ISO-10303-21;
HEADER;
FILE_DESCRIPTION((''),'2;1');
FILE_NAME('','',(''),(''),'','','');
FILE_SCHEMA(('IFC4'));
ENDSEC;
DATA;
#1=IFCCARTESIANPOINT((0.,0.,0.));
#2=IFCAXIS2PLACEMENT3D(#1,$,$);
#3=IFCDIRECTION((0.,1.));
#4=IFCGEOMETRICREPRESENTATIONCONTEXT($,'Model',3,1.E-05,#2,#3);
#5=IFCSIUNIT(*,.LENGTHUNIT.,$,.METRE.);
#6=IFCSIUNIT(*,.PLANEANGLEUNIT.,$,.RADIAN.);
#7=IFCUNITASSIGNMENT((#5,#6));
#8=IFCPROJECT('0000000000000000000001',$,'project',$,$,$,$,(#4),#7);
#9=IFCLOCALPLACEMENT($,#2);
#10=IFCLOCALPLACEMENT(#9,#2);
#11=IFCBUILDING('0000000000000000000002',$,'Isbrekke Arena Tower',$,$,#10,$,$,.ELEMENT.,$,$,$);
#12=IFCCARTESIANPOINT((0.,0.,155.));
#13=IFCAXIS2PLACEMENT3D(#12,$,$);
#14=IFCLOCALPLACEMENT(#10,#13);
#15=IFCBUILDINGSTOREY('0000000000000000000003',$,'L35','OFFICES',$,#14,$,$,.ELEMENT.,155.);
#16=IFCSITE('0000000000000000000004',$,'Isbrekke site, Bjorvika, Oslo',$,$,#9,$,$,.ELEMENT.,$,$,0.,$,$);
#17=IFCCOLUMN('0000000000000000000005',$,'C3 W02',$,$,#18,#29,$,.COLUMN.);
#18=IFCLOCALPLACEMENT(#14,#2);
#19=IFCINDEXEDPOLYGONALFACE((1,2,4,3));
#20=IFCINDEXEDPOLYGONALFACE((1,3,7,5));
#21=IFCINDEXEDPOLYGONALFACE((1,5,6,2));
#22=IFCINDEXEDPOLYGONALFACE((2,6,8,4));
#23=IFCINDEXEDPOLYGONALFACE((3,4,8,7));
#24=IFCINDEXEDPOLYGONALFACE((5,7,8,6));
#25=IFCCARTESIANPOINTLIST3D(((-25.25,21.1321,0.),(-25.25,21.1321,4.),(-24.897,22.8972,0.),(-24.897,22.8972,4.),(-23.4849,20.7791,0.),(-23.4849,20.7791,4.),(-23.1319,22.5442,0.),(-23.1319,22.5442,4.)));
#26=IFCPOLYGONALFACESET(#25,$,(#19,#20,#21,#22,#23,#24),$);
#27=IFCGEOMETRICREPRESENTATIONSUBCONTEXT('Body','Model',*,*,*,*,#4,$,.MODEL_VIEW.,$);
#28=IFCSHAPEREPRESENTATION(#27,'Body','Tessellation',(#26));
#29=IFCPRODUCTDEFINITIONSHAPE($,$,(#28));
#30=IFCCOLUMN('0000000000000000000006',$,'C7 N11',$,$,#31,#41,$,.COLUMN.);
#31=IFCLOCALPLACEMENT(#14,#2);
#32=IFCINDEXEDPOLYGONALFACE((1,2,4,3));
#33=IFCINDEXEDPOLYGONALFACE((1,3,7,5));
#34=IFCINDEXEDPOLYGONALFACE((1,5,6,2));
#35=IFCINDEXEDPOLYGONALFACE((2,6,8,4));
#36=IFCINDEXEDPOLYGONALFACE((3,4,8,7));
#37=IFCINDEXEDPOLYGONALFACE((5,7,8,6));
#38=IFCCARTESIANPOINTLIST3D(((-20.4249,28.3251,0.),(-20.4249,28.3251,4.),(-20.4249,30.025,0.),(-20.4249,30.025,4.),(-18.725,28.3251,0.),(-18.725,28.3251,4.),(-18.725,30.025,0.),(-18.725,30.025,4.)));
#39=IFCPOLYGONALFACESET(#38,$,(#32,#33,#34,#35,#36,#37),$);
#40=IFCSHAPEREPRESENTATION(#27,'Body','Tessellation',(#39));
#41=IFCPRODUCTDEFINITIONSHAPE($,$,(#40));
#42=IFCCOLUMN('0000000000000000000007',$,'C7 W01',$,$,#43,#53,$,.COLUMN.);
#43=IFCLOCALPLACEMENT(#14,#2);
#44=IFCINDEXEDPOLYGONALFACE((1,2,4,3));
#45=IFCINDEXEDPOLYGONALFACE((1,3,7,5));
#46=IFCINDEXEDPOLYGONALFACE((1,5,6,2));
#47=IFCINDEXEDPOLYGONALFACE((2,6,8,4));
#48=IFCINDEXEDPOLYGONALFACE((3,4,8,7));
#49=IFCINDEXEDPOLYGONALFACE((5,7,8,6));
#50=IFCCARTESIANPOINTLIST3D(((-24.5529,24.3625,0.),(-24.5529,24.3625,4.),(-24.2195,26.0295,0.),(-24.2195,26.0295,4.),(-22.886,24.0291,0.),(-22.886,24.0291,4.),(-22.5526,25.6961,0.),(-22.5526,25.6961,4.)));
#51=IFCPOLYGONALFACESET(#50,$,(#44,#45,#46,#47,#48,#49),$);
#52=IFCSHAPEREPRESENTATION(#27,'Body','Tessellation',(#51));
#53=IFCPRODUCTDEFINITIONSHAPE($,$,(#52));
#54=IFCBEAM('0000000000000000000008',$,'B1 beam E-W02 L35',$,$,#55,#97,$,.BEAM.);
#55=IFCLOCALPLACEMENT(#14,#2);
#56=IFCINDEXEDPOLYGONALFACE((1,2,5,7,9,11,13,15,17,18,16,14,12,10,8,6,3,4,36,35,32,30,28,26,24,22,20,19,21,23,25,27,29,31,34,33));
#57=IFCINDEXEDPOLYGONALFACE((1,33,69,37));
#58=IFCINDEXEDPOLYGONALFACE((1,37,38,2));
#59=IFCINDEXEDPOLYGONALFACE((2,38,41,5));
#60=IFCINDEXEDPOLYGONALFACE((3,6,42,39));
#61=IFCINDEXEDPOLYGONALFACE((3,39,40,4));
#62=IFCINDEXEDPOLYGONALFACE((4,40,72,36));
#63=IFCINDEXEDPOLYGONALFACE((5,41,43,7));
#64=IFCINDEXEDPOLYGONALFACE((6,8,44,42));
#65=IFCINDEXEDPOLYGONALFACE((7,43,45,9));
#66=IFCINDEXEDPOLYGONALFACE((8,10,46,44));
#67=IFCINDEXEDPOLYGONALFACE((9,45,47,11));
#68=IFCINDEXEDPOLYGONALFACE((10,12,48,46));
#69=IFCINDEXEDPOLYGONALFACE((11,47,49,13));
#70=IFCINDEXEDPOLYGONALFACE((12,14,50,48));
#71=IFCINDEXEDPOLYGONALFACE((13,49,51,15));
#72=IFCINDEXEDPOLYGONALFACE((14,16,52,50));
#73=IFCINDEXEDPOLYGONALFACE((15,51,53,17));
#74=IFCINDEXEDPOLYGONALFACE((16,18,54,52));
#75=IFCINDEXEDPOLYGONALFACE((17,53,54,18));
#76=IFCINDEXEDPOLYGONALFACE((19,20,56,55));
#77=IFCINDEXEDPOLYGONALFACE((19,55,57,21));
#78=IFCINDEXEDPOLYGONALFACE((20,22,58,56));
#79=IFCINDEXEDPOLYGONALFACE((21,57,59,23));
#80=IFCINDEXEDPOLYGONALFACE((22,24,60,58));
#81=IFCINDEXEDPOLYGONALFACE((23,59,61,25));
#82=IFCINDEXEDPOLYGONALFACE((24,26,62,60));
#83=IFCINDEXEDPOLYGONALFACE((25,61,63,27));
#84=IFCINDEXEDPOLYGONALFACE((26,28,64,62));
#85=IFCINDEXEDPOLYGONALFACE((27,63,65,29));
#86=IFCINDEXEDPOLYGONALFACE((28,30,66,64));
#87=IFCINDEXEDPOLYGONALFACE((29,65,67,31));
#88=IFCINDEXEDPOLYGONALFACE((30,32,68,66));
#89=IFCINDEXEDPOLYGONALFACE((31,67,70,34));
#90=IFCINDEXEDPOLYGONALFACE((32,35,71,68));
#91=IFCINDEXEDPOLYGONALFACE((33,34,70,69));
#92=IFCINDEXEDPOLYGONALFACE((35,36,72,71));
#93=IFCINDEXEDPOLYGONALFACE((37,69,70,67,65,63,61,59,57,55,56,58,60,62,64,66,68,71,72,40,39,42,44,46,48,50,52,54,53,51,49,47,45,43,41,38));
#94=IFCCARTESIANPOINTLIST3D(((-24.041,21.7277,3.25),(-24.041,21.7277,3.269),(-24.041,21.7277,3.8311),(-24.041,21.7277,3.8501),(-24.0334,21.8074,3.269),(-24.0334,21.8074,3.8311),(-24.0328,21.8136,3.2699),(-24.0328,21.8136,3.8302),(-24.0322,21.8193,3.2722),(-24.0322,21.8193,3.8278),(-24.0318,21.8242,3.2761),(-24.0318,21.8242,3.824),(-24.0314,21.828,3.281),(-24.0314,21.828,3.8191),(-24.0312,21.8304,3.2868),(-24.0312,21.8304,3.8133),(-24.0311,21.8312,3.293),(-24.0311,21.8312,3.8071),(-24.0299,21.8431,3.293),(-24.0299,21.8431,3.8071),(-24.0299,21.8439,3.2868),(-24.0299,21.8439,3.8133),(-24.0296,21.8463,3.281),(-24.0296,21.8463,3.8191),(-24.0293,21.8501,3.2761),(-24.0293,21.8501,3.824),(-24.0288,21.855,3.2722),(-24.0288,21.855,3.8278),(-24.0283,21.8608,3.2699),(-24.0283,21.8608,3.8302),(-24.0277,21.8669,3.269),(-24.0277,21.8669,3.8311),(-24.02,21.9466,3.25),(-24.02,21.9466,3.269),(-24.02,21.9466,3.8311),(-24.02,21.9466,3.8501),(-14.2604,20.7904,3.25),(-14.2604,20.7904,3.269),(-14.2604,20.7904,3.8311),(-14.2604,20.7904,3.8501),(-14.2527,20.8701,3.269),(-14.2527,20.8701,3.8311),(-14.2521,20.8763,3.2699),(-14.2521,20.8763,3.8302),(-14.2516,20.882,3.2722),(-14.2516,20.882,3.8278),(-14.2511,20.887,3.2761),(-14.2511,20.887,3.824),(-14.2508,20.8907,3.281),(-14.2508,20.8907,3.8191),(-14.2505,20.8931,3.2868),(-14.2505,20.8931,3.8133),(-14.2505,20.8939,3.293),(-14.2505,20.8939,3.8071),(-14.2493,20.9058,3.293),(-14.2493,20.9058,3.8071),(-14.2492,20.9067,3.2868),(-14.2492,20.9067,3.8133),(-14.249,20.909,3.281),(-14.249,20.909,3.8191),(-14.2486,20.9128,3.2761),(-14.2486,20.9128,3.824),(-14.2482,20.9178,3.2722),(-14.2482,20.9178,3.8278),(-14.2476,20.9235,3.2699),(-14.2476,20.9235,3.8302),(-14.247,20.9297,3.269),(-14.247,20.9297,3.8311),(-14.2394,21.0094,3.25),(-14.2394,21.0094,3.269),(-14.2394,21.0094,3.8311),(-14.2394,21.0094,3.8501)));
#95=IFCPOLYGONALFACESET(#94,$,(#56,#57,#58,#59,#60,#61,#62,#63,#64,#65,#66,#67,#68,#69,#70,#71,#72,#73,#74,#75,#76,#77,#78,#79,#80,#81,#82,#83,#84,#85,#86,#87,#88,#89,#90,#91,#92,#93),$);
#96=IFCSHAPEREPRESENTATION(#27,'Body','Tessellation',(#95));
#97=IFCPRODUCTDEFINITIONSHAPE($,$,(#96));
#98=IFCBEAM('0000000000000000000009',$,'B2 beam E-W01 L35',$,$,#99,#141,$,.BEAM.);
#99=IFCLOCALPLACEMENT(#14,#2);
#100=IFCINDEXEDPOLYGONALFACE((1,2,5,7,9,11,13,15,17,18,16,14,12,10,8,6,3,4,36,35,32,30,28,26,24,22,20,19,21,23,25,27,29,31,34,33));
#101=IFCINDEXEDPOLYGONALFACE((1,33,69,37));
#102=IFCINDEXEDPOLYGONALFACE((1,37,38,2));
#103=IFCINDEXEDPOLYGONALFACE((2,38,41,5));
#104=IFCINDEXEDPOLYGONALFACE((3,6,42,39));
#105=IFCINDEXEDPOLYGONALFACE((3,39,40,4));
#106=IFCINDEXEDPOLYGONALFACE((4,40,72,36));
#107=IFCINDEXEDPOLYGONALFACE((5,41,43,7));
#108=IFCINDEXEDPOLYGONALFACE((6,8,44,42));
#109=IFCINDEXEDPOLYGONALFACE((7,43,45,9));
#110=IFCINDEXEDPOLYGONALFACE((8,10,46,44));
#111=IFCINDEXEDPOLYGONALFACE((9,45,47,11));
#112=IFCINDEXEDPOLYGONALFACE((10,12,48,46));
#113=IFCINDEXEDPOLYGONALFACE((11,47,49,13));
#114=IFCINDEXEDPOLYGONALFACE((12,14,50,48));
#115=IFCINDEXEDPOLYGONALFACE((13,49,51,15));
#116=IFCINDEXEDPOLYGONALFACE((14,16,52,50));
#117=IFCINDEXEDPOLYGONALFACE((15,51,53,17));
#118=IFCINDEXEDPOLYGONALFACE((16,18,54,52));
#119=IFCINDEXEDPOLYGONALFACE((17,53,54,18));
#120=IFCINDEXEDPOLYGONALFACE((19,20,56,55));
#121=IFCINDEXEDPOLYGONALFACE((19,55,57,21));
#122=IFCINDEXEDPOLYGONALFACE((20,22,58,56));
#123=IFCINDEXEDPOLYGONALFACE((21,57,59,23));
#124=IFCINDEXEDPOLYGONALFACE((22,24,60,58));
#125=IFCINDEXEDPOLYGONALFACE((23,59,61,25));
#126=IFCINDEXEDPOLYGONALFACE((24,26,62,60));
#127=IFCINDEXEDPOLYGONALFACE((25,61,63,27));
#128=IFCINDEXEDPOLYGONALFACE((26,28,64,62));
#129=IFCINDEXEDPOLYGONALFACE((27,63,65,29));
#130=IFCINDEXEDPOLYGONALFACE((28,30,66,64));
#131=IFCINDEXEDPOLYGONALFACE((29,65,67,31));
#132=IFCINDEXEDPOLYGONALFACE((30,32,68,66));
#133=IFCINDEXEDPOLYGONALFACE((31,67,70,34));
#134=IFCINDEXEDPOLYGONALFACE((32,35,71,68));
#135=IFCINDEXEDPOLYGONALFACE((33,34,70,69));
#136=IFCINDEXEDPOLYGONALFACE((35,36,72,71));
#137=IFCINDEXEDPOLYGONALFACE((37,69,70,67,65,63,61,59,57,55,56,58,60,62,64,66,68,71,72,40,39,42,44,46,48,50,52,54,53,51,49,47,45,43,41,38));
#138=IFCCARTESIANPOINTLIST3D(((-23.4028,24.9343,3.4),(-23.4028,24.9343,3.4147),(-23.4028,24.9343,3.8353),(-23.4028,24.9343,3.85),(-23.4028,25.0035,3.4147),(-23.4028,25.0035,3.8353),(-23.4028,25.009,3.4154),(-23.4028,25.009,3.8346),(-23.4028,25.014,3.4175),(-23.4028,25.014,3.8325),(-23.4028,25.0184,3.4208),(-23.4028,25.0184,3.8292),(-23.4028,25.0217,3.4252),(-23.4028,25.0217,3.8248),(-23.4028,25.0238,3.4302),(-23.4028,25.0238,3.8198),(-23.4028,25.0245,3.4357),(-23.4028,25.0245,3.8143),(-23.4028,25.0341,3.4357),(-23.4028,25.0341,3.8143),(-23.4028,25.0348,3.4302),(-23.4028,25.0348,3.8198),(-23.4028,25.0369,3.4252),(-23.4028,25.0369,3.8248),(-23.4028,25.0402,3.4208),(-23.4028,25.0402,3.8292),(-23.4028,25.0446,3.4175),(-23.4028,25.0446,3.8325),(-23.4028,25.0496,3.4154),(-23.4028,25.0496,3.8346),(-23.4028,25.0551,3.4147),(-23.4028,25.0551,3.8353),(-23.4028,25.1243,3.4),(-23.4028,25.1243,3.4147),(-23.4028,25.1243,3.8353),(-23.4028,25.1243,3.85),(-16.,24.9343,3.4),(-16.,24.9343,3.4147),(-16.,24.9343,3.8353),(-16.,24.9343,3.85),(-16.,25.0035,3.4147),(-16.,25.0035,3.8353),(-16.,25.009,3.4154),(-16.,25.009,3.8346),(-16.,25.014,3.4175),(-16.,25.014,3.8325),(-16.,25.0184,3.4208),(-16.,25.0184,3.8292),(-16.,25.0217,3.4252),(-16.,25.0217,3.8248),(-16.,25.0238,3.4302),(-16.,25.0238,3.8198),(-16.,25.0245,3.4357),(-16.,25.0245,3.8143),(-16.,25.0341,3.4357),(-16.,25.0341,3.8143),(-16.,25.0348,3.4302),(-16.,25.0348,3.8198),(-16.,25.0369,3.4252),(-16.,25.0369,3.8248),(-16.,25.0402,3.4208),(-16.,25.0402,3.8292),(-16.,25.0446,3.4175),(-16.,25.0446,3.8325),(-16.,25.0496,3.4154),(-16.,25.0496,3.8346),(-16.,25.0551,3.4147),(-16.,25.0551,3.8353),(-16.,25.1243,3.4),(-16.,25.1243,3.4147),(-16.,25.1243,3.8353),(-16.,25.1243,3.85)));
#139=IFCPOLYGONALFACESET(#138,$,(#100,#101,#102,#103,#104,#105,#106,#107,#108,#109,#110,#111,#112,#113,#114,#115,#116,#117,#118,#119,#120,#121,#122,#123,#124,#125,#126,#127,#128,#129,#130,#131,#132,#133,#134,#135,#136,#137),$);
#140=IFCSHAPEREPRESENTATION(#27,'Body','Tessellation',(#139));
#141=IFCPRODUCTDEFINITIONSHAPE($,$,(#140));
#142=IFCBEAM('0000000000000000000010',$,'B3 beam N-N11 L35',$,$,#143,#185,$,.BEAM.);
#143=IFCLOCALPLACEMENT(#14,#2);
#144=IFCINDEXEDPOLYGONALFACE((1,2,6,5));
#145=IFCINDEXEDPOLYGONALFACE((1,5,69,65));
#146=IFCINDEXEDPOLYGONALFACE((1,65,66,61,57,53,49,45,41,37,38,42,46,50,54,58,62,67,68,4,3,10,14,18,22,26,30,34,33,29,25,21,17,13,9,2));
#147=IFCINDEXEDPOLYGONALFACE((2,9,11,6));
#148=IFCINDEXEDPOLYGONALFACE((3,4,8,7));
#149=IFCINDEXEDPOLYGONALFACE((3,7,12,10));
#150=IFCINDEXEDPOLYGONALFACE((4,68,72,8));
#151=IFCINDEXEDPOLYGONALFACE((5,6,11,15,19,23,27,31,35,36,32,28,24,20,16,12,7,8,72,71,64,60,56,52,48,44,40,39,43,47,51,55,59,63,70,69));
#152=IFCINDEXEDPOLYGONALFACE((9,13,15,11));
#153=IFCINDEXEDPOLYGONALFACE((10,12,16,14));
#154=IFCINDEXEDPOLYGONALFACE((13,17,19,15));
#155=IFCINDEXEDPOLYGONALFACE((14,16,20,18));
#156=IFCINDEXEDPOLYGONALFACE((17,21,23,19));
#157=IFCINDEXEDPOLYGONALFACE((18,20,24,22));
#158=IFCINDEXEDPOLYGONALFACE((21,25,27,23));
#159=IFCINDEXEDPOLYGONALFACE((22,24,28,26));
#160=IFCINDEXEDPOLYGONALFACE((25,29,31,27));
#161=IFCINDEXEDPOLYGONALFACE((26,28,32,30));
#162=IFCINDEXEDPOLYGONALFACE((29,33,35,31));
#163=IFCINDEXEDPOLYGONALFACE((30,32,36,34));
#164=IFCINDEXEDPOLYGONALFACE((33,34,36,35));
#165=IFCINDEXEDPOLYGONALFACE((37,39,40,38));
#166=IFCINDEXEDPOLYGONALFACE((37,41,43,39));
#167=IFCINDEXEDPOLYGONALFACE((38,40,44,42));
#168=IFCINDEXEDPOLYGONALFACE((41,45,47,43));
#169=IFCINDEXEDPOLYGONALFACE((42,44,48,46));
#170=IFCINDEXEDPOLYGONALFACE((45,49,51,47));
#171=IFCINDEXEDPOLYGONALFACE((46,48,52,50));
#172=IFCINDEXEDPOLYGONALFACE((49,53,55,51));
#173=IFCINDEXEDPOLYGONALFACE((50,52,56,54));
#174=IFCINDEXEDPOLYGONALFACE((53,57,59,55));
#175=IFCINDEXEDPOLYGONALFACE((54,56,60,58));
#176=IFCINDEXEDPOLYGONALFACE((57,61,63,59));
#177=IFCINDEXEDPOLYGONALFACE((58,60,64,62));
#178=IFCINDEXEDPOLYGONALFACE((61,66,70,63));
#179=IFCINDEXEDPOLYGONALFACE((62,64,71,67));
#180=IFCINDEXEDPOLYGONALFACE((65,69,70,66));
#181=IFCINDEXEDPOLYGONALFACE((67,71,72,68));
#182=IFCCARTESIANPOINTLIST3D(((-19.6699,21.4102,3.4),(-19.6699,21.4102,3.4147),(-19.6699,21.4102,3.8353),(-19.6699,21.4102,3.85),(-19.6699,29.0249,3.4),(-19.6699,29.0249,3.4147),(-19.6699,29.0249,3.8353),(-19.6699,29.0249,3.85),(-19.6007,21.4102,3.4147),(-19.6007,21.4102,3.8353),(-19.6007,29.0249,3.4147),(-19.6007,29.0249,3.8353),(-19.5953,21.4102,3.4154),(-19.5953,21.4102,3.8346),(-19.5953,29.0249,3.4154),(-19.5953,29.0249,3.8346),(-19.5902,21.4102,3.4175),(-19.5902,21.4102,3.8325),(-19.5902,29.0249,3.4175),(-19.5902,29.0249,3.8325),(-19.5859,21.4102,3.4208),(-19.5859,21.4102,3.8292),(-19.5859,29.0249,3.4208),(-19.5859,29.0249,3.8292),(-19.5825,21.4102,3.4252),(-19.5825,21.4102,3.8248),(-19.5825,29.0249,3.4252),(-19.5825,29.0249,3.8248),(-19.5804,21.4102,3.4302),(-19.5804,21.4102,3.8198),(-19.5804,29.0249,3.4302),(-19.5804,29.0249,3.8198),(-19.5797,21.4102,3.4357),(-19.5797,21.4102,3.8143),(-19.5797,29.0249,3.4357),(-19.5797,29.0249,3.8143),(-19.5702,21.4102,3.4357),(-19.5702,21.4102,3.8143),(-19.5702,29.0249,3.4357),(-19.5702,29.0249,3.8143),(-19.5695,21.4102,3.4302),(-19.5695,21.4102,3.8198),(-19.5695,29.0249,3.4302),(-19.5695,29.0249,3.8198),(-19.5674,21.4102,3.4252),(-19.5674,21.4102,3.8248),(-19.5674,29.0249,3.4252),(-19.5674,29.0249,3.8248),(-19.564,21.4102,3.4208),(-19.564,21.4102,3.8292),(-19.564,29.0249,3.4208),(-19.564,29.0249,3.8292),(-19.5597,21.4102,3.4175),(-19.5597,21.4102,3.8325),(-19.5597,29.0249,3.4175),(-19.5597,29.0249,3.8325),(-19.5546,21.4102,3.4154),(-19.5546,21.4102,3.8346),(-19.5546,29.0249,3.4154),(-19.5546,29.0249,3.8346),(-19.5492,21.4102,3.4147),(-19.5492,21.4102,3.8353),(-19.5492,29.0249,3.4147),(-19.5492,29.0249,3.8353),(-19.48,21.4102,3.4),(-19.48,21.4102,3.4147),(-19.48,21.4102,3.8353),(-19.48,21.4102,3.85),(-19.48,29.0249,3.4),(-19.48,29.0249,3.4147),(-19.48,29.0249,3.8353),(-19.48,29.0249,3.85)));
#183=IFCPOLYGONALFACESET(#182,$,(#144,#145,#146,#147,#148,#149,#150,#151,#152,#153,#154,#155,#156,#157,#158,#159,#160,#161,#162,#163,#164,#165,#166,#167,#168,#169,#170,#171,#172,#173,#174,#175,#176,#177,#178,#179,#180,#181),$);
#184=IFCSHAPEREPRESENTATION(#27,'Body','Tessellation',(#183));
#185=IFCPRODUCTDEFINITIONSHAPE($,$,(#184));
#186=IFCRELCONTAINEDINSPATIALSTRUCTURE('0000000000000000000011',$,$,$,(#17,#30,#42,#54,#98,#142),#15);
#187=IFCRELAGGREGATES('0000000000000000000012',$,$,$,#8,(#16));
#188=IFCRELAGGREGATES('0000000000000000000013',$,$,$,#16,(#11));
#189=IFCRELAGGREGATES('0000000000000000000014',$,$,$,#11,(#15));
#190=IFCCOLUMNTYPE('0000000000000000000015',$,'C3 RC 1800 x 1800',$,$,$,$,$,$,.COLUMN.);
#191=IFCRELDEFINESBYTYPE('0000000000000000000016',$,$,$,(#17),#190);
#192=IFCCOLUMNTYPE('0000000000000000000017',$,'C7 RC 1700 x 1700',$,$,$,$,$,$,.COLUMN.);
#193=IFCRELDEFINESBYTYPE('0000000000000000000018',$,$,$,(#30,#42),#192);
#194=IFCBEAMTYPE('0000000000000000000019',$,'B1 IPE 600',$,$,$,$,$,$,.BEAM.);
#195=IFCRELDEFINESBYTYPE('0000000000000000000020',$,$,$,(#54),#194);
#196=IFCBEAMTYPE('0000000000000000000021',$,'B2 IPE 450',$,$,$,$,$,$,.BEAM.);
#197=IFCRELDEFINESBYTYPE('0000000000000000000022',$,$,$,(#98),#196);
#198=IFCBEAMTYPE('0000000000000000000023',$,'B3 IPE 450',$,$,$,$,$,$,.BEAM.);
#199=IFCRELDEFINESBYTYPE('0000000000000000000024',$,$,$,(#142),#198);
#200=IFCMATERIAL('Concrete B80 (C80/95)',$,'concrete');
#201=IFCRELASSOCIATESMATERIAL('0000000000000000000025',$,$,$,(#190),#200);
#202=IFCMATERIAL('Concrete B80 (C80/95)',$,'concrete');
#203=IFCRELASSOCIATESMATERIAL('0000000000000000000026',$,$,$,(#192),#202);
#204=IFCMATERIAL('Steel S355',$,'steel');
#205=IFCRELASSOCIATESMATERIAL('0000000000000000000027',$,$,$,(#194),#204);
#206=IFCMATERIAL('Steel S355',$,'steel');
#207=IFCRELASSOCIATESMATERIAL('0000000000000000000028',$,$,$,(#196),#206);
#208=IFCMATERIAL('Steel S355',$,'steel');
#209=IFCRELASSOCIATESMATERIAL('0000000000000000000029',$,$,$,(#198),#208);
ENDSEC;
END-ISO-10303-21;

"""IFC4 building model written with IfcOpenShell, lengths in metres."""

from ifc_helpers import new_model, si_unit, direction, frame, origin, origin_2d, place, context, subcontext, project, spatial, rectangle, i_section, extrude, material, material_profile, profile_set, type_object, element, save


model = new_model("IFC4")

# Units and contexts
model_context = context("Model", 3, precision=1e-05, world=origin(), true_north=direction((0.0, 1.0)))
body_context = subcontext(model_context, "Body", "Model", "MODEL_VIEW")
ifc_project = project(units=[si_unit("LENGTHUNIT", "METRE"), si_unit("PLANEANGLEUNIT", "RADIAN")], contexts=[model_context])

# Site, building, storey
site_placement = place(None, origin())
site = spatial("IfcSite", under=ifc_project, at=site_placement, Name="Isbrekke site, Bjorvika, Oslo", CompositionType="ELEMENT", RefElevation=0.0)
building_placement = place(site_placement, origin())
building = spatial("IfcBuilding", under=site, at=building_placement, Name="Isbrekke Arena Tower", CompositionType="ELEMENT")
storey_placement = place(building_placement, frame((0.0, 0.0, 155.0)))
storey = spatial("IfcBuildingStorey", under=building, at=storey_placement, Name="L35", Description="OFFICES", CompositionType="ELEMENT", Elevation=155.0)

# Columns
ifc_material_1 = material(Name="Concrete B80 (C80/95)", Category="concrete")
ifc_material_profile_1 = material_profile(ifc_material_1, rectangle(XDim=1.8, YDim=1.8, at=origin_2d()), Name="RC 1800x1800")
ifc_profile_set_1 = profile_set([ifc_material_profile_1], Name="Concrete B80 (C80/95)")
column_type_1 = type_object("IfcColumnType", Name="C3 RC 1800 x 1800", PredefinedType="COLUMN", material=ifc_profile_set_1)
column_placement = place(storey_placement, frame((-24.1909, 21.8381, 0.0), z_axis=(0.0, 0.0, 1.0), x_axis=(-0.196116, -0.980581, 0.0)))
element("IfcColumn", 1, at=column_placement, inside=storey, type_object=column_type_1, Name="C3 W02", PredefinedType="COLUMN", context=body_context, shape_type="SweptSolid", body=[
    extrude(rectangle(XDim=1.8, YDim=1.8, at=origin_2d()), origin(), (0.0, 0.0, 1.0), 4.0),
])
ifc_material_2 = material(Name="Concrete B80 (C80/95)", Category="concrete")
ifc_material_profile_2 = material_profile(ifc_material_2, rectangle(XDim=1.7, YDim=1.7, at=origin_2d()), Name="RC 1700x1700")
ifc_profile_set_2 = profile_set([ifc_material_profile_2], Name="Concrete B80 (C80/95)")
column_type_2 = type_object("IfcColumnType", Name="C7 RC 1700 x 1700", PredefinedType="COLUMN", material=ifc_profile_set_2)
for number, where, z_axis, x_axis, name in (
    (2, (-19.575, 29.175, 0.0), (0.0, 0.0, 1.0), (-1.0, 0.0, 0.0), "C7 N11"),
    (3, (-23.5527, 25.0293, 0.0), (0.0, 0.0, 1.0), (-0.196116, -0.980581, 0.0), "C7 W01"),
):
    element("IfcColumn", number, at=place(storey_placement, frame(where, z_axis=z_axis, x_axis=x_axis)), inside=storey, type_object=column_type_2, Name=name, PredefinedType="COLUMN", context=body_context, shape_type="SweptSolid", body=[
        extrude(rectangle(XDim=1.7, YDim=1.7, at=origin_2d()), origin(), (0.0, 0.0, 1.0), 4.0),
    ])

# Beams
ifc_material_3 = material(Name="Steel S355", Category="steel")
ifc_material_profile_3 = material_profile(ifc_material_3, i_section(OverallWidth=0.22, OverallDepth=0.6001, WebThickness=0.012, FlangeThickness=0.019, FilletRadius=0.0239, at=origin_2d()), Name="IPE 600")
ifc_profile_set_3 = profile_set([ifc_material_profile_3], Name="Steel S355")
beam_type_1 = type_object("IfcBeamType", Name="B1 IPE 600", PredefinedType="BEAM", material=ifc_profile_set_3)
beam_1_placement = place(storey_placement, frame((-24.0305, 21.8372, 3.55), z_axis=(0.99544, -0.095392, 0.0), x_axis=(0.095392, 0.99544, 0.0)))
element("IfcBeam", 4, at=beam_1_placement, inside=storey, type_object=beam_type_1, Name="B1 beam E-W02 L35", PredefinedType="BEAM", context=body_context, shape_type="SweptSolid", body=[
    extrude(i_section(OverallWidth=0.22, OverallDepth=0.6001, WebThickness=0.012, FlangeThickness=0.019, FilletRadius=0.0239, at=origin_2d()), origin(), (0.0, 0.0, 1.0), 9.8254),
])
ifc_material_4 = material(Name="Steel S355", Category="steel")
ifc_material_profile_4 = material_profile(ifc_material_4, i_section(OverallWidth=0.1899, OverallDepth=0.45, WebThickness=0.0095, FlangeThickness=0.0146, FilletRadius=0.021, at=origin_2d()), Name="IPE 450")
ifc_profile_set_4 = profile_set([ifc_material_profile_4], Name="Steel S355")
beam_type_2 = type_object("IfcBeamType", Name="B2 IPE 450", PredefinedType="BEAM", material=ifc_profile_set_4)
beam_2_placement = place(storey_placement, frame((-23.4028, 25.0293, 3.625), z_axis=(1.0, 0.0, 0.0), x_axis=(0.0, 1.0, 0.0)))
element("IfcBeam", 5, at=beam_2_placement, inside=storey, type_object=beam_type_2, Name="B2 beam E-W01 L35", PredefinedType="BEAM", context=body_context, shape_type="SweptSolid", body=[
    extrude(i_section(OverallWidth=0.1899, OverallDepth=0.45, WebThickness=0.0095, FlangeThickness=0.0146, FilletRadius=0.021, at=origin_2d()), origin(), (0.0, 0.0, 1.0), 7.4028),
])
ifc_material_5 = material(Name="Steel S355", Category="steel")
ifc_material_profile_5 = material_profile(ifc_material_5, i_section(OverallWidth=0.1899, OverallDepth=0.45, WebThickness=0.0095, FlangeThickness=0.0146, FilletRadius=0.021, at=origin_2d()), Name="IPE 450")
ifc_profile_set_5 = profile_set([ifc_material_profile_5], Name="Steel S355")
beam_type_3 = type_object("IfcBeamType", Name="B3 IPE 450", PredefinedType="BEAM", material=ifc_profile_set_5)
beam_3_placement = place(storey_placement, frame((-19.575, 29.0249, 3.625), z_axis=(0.0, -1.0, 0.0), x_axis=(1.0, 0.0, 0.0)))
element("IfcBeam", 6, at=beam_3_placement, inside=storey, type_object=beam_type_3, Name="B3 beam N-N11 L35", PredefinedType="BEAM", context=body_context, shape_type="SweptSolid", body=[
    extrude(i_section(OverallWidth=0.1899, OverallDepth=0.45, WebThickness=0.0095, FlangeThickness=0.0146, FilletRadius=0.021, at=origin_2d()), origin(), (0.0, 0.0, 1.0), 7.6147),
])

save(model, "model.ifc")
